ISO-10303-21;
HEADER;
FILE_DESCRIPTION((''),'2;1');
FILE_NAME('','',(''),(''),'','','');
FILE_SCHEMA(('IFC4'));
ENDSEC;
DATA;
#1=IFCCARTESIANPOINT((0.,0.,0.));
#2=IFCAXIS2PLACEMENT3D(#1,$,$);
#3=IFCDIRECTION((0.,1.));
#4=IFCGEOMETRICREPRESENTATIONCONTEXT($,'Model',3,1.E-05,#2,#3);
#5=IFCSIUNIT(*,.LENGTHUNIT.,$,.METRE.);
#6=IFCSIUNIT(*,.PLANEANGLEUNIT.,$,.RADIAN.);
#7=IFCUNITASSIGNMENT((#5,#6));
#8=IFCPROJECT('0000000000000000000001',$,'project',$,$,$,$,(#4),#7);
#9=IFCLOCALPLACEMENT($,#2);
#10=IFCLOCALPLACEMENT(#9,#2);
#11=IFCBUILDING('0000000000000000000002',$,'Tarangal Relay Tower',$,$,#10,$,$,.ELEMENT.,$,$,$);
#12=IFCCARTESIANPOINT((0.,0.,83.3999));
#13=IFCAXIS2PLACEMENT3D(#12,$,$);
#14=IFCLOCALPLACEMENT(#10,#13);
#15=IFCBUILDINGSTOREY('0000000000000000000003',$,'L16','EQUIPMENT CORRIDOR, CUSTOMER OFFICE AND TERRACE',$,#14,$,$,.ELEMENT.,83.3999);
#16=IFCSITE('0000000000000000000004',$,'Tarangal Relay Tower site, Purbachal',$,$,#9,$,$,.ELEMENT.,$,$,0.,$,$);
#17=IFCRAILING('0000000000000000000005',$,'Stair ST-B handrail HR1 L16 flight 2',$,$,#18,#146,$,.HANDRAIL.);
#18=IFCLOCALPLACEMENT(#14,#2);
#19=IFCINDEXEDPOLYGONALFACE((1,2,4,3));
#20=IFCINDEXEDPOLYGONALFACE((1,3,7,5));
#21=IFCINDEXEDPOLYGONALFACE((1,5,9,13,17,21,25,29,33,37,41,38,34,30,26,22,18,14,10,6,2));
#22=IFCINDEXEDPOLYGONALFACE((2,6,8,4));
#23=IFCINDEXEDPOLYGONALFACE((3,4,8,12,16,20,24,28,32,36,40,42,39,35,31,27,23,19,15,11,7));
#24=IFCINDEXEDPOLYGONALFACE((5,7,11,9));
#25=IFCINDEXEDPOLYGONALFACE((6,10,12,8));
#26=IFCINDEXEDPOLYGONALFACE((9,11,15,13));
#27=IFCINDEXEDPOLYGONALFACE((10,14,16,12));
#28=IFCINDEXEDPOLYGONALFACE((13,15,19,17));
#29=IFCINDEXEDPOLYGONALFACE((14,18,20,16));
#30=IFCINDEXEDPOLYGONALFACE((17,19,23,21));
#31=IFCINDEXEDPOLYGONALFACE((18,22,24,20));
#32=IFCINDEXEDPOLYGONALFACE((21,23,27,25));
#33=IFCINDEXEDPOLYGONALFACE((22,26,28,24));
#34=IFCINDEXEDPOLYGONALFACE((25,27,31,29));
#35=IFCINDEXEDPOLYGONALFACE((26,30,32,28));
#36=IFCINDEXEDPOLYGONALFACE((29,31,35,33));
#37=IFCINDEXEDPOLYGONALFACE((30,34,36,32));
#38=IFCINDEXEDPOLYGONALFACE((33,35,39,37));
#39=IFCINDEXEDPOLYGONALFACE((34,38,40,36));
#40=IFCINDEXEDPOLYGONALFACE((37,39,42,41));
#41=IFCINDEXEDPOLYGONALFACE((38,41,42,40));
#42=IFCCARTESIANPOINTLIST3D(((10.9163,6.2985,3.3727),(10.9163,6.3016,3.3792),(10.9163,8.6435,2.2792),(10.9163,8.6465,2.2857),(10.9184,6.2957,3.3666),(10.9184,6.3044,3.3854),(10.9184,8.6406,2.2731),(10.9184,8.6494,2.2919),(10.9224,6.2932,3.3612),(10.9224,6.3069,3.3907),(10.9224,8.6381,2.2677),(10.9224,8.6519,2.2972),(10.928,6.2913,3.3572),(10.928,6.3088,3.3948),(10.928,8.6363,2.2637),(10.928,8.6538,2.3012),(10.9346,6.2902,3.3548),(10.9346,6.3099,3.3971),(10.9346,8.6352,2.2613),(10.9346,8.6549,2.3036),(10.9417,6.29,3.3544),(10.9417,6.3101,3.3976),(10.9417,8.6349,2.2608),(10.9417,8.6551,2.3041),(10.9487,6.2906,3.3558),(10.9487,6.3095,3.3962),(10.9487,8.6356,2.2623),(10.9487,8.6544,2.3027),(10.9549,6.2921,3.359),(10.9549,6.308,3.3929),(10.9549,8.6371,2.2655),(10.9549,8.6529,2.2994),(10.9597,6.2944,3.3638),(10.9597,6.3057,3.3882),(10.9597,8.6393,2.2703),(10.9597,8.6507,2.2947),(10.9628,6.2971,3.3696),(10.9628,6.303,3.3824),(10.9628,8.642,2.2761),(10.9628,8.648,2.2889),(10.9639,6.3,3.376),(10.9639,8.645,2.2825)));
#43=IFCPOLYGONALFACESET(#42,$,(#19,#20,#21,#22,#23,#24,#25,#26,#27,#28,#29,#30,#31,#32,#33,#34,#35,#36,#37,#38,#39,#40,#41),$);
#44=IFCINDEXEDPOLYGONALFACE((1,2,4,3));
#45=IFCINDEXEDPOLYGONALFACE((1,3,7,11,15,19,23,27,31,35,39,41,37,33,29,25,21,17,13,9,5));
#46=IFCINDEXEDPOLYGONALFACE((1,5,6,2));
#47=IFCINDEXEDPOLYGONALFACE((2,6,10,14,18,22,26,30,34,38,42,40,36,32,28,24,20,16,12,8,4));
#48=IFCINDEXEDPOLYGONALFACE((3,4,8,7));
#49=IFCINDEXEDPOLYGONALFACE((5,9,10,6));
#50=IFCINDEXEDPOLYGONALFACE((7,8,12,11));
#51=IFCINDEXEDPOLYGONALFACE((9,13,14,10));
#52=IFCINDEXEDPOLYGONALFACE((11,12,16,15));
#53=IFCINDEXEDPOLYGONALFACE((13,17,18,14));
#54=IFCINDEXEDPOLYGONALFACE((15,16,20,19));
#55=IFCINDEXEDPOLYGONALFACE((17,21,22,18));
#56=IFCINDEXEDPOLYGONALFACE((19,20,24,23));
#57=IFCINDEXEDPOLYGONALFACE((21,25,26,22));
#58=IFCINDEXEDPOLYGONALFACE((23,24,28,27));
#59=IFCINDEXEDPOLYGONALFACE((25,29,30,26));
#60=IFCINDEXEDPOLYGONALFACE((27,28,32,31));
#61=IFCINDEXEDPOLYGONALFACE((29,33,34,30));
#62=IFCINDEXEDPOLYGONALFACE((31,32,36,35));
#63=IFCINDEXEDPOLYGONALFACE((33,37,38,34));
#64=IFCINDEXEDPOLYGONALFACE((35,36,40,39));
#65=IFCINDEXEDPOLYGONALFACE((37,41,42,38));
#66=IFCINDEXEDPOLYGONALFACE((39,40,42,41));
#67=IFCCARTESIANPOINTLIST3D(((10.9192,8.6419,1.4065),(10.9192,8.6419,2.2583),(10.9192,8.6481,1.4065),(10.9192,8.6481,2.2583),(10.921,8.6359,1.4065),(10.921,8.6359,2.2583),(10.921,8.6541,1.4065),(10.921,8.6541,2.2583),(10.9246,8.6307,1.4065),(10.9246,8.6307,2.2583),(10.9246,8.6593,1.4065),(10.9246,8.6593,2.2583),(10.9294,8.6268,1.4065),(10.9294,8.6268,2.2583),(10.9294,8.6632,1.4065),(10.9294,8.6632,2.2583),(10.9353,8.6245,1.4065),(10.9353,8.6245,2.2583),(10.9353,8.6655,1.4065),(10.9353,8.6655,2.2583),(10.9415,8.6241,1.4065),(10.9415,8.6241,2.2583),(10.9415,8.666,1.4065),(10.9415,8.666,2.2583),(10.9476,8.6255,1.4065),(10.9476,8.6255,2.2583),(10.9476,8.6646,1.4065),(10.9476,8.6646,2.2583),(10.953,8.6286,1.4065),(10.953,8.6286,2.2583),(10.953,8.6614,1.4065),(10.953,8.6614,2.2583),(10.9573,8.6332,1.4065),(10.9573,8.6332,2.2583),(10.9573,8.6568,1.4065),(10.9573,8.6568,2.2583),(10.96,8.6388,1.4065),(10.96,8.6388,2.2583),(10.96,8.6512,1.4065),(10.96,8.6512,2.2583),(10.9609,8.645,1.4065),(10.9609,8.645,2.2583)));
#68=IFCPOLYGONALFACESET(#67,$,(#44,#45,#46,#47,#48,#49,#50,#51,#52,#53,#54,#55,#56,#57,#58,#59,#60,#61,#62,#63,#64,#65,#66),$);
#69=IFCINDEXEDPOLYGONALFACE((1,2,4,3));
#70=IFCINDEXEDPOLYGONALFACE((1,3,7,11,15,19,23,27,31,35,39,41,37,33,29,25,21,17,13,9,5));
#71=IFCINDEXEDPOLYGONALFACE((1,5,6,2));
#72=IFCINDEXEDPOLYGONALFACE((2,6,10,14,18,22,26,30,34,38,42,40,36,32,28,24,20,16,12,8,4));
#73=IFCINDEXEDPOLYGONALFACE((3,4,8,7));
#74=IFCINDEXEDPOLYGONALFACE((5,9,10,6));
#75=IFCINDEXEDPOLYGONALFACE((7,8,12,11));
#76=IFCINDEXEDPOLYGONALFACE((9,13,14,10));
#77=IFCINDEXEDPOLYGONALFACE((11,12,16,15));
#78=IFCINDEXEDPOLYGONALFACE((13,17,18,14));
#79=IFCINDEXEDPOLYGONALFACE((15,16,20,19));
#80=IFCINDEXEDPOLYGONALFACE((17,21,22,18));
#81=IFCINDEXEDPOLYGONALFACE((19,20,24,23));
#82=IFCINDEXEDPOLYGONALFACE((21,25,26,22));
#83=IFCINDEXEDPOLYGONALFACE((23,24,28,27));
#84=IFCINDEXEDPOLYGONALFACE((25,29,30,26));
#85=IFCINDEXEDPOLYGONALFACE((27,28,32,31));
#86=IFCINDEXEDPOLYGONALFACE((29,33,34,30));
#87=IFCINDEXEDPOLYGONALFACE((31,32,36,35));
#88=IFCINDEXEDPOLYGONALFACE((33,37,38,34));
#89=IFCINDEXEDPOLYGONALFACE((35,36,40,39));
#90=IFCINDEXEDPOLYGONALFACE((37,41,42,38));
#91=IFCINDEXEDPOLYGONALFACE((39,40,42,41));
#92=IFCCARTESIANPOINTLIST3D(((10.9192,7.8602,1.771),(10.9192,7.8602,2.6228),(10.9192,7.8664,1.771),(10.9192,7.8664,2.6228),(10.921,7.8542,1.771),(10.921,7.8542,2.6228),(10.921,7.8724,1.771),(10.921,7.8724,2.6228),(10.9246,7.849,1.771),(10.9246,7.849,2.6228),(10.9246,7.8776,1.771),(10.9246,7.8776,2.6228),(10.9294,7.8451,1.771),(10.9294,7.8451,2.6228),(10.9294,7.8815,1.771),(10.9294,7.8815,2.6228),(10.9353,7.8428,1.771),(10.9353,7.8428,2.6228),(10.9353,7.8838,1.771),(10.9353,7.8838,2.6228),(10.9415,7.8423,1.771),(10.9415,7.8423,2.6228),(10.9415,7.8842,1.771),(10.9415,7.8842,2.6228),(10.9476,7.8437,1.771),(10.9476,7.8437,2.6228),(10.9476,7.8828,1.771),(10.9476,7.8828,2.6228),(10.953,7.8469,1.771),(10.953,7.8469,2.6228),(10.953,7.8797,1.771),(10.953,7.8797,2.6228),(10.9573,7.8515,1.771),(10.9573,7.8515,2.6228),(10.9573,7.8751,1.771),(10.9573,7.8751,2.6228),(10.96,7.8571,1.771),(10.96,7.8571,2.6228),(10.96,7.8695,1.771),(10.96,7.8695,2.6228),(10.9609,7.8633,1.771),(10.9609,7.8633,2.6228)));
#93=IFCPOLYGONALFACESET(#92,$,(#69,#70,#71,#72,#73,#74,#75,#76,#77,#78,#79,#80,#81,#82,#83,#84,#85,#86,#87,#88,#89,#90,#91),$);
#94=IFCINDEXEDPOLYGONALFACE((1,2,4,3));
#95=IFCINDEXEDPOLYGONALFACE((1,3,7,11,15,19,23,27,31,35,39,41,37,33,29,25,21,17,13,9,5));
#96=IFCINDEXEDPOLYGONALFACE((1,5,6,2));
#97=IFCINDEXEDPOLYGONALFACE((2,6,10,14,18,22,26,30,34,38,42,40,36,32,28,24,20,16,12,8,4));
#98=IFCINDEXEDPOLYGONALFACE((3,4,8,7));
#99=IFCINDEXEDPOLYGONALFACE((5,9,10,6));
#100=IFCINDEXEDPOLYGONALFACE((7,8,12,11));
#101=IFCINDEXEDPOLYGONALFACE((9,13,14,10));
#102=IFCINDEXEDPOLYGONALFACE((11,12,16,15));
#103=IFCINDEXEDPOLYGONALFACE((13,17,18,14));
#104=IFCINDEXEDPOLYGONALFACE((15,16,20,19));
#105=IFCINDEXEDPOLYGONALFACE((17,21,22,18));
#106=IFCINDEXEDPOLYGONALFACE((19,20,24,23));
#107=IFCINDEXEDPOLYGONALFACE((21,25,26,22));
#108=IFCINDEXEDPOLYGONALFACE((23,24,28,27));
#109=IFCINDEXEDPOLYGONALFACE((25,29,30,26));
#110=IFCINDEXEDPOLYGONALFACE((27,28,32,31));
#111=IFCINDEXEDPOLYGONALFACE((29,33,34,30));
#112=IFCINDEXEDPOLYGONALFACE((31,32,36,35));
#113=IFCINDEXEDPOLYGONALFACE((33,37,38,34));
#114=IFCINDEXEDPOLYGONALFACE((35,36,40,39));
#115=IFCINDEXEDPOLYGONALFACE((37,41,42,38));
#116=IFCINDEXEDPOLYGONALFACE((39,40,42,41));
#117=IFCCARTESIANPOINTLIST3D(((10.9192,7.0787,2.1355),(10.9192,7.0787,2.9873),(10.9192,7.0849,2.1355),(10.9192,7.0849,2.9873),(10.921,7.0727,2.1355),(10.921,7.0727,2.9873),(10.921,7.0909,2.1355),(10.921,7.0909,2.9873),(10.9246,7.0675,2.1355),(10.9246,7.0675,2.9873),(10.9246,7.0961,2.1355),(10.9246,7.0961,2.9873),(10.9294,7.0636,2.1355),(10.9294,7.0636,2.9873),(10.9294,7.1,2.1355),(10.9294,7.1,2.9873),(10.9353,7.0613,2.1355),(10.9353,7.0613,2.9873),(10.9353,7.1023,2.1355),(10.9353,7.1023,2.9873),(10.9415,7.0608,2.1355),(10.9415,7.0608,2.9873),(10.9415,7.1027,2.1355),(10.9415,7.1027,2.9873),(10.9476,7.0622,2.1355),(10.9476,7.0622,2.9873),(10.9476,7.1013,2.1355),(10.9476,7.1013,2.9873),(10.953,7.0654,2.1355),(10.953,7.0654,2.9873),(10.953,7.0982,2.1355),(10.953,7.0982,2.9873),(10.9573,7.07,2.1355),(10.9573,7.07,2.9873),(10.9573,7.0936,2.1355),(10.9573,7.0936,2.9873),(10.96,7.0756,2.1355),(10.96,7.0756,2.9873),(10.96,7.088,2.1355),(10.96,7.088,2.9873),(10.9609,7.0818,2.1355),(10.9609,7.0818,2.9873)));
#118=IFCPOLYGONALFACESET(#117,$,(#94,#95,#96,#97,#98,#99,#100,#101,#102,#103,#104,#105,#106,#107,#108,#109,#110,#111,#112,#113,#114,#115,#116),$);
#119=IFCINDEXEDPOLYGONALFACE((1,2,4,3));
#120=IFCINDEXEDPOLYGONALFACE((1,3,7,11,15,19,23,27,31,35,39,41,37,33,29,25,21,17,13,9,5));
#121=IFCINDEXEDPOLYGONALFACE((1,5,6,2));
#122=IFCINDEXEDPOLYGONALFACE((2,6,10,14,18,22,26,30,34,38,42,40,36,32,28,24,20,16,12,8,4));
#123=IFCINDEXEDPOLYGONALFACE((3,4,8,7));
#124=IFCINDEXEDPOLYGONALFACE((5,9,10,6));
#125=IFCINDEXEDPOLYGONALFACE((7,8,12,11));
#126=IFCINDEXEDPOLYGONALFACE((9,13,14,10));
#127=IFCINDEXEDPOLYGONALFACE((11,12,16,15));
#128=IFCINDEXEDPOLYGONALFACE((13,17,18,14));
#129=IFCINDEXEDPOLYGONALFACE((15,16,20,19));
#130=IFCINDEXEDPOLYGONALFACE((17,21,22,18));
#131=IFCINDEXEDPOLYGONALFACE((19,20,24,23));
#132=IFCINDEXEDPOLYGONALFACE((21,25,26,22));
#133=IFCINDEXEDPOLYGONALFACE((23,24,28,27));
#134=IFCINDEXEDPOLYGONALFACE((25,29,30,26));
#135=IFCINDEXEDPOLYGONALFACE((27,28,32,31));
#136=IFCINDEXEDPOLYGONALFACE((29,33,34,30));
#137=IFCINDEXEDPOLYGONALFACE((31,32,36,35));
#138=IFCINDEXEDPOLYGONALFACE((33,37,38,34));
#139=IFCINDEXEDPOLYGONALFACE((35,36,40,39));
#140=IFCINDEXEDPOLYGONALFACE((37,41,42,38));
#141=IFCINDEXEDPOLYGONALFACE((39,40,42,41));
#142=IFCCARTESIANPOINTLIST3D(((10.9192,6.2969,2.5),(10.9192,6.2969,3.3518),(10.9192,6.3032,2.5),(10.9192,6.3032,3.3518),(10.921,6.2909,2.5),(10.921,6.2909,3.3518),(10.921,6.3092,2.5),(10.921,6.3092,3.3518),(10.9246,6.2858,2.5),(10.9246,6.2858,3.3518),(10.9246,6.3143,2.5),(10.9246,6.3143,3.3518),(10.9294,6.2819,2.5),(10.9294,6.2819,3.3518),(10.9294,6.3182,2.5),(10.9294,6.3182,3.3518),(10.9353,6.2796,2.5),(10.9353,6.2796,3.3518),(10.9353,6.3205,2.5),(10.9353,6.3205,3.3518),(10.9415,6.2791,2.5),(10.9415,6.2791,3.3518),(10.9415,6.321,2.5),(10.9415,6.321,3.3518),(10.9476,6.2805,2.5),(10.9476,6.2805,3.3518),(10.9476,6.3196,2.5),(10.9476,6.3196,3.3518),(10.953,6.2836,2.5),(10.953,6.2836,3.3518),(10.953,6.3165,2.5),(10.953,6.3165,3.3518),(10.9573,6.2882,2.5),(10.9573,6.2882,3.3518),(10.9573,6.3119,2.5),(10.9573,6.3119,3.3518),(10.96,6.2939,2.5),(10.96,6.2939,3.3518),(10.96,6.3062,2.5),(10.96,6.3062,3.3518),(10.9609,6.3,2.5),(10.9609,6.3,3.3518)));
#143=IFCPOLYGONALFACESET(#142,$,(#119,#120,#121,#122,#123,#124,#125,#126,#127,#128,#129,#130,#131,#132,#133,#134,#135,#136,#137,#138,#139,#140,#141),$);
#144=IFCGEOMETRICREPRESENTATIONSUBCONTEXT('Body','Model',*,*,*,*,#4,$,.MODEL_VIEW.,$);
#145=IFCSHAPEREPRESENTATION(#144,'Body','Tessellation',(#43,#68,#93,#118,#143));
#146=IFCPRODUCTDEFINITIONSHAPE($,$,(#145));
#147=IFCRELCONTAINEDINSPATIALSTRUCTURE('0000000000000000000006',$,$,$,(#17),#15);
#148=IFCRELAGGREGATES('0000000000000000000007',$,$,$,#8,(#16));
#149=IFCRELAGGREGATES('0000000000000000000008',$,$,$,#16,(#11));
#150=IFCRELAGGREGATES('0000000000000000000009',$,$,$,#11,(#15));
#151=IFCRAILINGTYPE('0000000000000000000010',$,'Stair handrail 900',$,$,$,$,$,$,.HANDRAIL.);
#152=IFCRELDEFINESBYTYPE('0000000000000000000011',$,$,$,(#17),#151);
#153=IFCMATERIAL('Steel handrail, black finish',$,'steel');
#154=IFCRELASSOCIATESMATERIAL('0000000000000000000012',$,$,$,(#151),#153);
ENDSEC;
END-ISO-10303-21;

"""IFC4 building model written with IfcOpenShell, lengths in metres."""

from ifc_helpers import new_model, si_unit, direction, frame, origin, origin_2d, place, context, subcontext, project, spatial, circle, extrude, material, type_object, element, save


model = new_model("IFC4")

# Units and contexts
model_context = context("Model", 3, precision=1e-05, world=origin(), true_north=direction((0.0, 1.0)))
body_context = subcontext(model_context, "Body", "Model", "MODEL_VIEW")
ifc_project = project(units=[si_unit("LENGTHUNIT", "METRE"), si_unit("PLANEANGLEUNIT", "RADIAN")], contexts=[model_context])

# Site, building, storey
site_placement = place(None, origin())
site = spatial("IfcSite", under=ifc_project, at=site_placement, Name="Tarangal Relay Tower site, Purbachal", CompositionType="ELEMENT", RefElevation=0.0)
building_placement = place(site_placement, origin())
building = spatial("IfcBuilding", under=site, at=building_placement, Name="Tarangal Relay Tower", CompositionType="ELEMENT")
storey_placement = place(building_placement, frame((0.0, 0.0, 83.3999)))
storey = spatial("IfcBuildingStorey", under=building, at=storey_placement, Name="L16", Description="EQUIPMENT CORRIDOR, CUSTOMER OFFICE AND TERRACE", CompositionType="ELEMENT", Elevation=83.3999)

# Railing
ifc_material_1 = material(Name="Steel handrail, black finish", Category="steel")
railing_type_1 = type_object("IfcRailingType", Name="Stair handrail 900", PredefinedType="HANDRAIL", material=ifc_material_1)
for number, where, name in (
    (1, (10.9399, 8.645, 1.4065), "Stair ST-B handrail HR1 L16 flight 2"),
):
    element("IfcRailing", number, at=place(storey_placement, frame(where)), inside=storey, type_object=railing_type_1, Name=name, PredefinedType="HANDRAIL", context=body_context, shape_type="SweptSolid", body=[
        extrude(circle(Radius=0.0239, at=origin_2d()), frame((0.0, 0.0, 0.876), z_axis=(0.0, -0.906304, 0.422627), x_axis=(1.0, 0.0, 0.0)), (0.0, 0.0, 1.0), 2.5874),
        extrude(circle(Radius=0.021, at=origin_2d()), origin(), (0.0, 0.0, 1.0), 0.8518),
        extrude(circle(Radius=0.021, at=origin_2d()), frame((0.0, -0.7817, 0.3645)), (0.0, 0.0, 1.0), 0.8518),
        extrude(circle(Radius=0.021, at=origin_2d()), frame((0.0, -1.5632, 0.729)), (0.0, 0.0, 1.0), 0.8518),
        extrude(circle(Radius=0.021, at=origin_2d()), frame((0.0, -2.345, 1.0935)), (0.0, 0.0, 1.0), 0.8518),
    ])

save(model, "model.ifc")
